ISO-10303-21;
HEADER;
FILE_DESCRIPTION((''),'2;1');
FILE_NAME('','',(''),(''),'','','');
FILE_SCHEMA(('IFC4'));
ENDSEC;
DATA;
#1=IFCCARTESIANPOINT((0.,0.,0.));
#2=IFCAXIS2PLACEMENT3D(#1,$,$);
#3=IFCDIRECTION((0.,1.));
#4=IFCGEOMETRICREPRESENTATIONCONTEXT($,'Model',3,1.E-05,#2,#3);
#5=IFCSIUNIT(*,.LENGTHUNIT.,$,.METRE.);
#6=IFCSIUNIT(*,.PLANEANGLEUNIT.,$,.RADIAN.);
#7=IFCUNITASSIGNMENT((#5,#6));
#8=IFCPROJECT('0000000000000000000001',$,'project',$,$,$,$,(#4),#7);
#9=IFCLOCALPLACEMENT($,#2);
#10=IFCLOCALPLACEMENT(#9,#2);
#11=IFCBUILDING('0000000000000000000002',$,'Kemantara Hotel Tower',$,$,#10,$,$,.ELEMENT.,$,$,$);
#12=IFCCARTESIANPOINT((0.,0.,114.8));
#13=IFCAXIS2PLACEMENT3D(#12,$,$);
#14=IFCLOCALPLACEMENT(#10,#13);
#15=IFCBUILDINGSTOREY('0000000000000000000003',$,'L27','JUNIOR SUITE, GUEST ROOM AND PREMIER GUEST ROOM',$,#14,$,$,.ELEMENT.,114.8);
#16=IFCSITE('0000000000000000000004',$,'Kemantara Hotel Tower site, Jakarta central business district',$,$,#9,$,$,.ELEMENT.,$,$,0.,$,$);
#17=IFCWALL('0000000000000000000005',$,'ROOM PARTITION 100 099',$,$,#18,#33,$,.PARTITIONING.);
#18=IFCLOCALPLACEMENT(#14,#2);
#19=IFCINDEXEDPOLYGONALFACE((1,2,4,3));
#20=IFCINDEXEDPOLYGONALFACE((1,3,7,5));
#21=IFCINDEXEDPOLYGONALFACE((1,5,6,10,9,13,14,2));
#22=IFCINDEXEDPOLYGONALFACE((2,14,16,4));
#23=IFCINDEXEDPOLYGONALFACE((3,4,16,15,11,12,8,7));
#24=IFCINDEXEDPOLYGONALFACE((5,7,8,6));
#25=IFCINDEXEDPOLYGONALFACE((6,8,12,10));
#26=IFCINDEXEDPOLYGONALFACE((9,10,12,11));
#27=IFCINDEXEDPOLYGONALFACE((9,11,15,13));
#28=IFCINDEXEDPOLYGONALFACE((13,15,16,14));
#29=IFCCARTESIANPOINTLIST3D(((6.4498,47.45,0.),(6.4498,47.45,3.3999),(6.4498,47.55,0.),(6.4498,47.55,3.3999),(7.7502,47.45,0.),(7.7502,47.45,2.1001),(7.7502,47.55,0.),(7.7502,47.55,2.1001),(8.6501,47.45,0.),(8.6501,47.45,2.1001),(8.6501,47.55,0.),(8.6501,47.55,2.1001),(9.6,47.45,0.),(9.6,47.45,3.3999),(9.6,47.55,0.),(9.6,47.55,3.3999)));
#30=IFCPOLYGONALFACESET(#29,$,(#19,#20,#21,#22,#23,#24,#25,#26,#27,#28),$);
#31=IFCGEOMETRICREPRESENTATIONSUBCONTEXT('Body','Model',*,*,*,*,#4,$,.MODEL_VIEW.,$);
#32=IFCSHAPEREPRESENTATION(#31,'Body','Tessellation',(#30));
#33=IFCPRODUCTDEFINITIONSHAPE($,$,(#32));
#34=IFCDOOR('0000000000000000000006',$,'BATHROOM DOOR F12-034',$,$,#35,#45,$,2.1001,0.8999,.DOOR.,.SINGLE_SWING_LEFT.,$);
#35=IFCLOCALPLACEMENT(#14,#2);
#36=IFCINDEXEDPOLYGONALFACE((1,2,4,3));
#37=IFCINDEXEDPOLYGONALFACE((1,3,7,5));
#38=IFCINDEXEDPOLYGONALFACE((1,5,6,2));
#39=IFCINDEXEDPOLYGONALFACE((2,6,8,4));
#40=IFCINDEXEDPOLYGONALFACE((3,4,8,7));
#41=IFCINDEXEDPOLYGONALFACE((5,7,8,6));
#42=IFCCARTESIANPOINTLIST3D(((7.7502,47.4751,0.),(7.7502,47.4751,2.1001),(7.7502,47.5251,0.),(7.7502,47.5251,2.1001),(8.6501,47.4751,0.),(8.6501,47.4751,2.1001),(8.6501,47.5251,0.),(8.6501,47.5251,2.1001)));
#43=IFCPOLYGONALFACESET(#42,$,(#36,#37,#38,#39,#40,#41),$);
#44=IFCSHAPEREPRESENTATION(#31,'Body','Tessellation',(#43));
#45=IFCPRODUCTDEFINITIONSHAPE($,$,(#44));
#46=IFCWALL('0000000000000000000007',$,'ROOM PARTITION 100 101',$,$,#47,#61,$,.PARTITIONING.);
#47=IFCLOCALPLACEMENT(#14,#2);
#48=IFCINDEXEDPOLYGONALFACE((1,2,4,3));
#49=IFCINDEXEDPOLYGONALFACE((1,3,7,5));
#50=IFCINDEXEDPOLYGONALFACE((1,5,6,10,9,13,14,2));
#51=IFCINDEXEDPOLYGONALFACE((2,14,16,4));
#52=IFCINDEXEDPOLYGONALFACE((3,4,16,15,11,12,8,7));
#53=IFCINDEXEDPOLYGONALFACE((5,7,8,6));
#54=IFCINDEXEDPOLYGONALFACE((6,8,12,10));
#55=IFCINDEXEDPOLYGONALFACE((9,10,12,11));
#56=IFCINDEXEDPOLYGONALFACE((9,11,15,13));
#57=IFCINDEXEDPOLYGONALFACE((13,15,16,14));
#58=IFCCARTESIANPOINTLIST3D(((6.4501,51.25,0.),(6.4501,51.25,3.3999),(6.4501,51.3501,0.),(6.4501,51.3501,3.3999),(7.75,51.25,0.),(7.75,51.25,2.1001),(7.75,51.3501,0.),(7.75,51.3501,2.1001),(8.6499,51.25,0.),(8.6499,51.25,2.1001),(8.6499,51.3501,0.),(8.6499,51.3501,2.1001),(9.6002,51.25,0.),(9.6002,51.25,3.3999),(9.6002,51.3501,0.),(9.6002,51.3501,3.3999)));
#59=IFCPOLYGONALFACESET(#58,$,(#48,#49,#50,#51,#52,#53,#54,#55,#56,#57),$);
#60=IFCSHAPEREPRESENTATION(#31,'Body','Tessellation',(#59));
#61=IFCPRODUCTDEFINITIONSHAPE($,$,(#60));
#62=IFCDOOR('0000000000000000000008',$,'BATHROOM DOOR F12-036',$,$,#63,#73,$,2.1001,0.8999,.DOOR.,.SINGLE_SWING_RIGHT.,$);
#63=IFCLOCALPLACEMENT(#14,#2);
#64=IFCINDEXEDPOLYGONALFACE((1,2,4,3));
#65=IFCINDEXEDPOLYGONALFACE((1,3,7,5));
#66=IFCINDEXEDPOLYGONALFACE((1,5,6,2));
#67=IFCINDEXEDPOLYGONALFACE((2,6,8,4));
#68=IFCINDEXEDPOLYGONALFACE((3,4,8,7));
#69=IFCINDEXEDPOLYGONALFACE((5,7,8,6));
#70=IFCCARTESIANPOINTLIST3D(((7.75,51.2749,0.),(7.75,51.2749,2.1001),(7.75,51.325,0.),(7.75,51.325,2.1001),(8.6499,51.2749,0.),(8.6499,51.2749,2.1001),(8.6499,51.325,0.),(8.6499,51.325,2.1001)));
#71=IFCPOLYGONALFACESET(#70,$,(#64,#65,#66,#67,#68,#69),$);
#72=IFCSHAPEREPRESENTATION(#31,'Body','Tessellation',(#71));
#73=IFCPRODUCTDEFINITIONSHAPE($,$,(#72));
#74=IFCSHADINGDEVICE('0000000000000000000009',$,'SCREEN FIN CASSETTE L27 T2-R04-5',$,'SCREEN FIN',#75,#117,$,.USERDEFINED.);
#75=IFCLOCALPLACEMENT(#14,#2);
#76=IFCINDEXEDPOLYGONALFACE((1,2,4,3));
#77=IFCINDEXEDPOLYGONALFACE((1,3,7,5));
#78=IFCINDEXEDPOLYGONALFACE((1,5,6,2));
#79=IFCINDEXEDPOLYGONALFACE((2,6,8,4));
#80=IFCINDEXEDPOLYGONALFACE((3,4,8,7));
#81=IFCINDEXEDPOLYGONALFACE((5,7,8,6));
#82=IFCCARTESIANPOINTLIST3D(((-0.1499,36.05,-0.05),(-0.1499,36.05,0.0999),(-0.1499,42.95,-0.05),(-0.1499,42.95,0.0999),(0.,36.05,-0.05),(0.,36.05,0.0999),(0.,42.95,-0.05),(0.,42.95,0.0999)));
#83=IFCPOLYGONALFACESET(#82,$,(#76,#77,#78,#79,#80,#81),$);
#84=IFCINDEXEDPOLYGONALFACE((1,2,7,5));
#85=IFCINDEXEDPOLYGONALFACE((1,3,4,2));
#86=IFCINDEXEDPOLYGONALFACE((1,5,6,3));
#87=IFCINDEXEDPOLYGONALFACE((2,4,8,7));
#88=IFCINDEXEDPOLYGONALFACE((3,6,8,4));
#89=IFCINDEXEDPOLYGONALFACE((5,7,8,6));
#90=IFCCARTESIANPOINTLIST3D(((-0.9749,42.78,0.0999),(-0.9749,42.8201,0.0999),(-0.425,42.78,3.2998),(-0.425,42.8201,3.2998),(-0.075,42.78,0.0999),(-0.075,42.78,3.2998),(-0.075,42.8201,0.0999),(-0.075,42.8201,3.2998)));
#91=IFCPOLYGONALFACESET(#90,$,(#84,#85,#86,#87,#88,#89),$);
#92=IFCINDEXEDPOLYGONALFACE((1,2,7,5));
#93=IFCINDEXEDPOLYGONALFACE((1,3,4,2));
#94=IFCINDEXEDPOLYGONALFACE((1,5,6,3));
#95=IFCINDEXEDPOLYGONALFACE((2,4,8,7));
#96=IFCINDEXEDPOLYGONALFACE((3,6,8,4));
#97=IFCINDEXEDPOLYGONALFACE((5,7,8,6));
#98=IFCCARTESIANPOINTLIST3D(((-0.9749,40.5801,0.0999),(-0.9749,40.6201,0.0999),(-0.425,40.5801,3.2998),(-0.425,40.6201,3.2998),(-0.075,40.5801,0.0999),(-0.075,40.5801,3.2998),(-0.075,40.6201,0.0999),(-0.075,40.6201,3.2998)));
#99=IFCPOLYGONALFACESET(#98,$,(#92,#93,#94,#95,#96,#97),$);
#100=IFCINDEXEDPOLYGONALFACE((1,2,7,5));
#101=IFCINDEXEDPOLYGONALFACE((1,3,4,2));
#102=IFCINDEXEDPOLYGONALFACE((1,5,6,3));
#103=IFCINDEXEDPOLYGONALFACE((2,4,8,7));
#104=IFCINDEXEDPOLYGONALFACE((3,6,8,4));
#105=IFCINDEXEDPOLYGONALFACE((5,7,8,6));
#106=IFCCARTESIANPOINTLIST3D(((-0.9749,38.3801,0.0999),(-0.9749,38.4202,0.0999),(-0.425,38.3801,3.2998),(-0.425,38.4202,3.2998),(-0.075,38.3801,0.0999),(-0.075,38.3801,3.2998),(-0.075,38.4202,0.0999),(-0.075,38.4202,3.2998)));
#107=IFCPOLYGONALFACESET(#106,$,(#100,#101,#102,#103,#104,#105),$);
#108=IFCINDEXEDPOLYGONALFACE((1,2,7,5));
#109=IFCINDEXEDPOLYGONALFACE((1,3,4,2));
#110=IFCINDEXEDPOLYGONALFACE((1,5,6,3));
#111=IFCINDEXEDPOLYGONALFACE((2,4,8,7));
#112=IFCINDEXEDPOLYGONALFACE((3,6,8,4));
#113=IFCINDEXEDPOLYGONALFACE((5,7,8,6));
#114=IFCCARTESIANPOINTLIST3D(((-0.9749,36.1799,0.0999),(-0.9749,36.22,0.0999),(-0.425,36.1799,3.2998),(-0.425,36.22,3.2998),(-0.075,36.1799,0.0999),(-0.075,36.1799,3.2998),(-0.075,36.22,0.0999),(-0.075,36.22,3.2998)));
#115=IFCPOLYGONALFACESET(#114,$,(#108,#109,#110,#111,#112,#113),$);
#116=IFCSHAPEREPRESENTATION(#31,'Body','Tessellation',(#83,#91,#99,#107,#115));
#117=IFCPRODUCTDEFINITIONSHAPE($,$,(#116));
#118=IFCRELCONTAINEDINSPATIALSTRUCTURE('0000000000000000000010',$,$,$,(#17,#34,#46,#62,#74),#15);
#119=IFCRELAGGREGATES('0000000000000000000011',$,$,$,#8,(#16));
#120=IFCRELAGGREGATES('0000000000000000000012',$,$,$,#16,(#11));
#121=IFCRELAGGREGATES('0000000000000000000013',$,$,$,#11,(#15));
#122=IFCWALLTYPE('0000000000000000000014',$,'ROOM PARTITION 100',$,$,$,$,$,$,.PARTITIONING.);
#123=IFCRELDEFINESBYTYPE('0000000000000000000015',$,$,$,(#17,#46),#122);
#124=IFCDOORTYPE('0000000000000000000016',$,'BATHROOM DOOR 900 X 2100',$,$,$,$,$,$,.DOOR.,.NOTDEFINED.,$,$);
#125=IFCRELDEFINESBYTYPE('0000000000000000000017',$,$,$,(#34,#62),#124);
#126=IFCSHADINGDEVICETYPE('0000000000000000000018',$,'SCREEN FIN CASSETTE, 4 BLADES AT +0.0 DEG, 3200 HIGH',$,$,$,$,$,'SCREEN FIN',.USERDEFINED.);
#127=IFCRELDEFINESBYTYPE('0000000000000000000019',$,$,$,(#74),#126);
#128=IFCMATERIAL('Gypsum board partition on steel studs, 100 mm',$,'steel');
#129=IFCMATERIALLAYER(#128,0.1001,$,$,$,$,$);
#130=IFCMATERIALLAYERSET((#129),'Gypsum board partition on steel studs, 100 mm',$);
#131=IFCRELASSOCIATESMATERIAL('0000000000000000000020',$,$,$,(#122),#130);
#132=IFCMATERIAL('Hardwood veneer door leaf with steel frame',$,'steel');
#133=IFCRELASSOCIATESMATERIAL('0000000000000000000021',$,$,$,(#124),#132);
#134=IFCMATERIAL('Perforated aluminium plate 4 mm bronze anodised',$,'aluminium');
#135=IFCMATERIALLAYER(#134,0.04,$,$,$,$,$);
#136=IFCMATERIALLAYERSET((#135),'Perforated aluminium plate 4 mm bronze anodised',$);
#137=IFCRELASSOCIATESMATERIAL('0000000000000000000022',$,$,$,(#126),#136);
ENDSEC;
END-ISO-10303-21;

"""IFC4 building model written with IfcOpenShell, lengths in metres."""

from ifc_helpers import new_model, si_unit, direction, frame, frame_2d, origin, origin_2d, place, context, subcontext, project, spatial, polyline, rectangle, outline, extrude, source, transform, mapped, material, layer, layer_set, type_object, element, fill, save


model = new_model("IFC4")

# Units and contexts
model_context = context("Model", 3, precision=1e-05, world=origin(), true_north=direction((0.0, 1.0)))
body_context = subcontext(model_context, "Body", "Model", "MODEL_VIEW")
ifc_project = project(units=[si_unit("LENGTHUNIT", "METRE"), si_unit("PLANEANGLEUNIT", "RADIAN")], contexts=[model_context])

# Site, building, storey
site_placement = place(None, origin())
site = spatial("IfcSite", under=ifc_project, at=site_placement, Name="Kemantara Hotel Tower site, Jakarta central business district", CompositionType="ELEMENT", RefElevation=0.0)
building_placement = place(site_placement, origin())
building = spatial("IfcBuilding", under=site, at=building_placement, Name="Kemantara Hotel Tower", CompositionType="ELEMENT")
storey_placement = place(building_placement, frame((0.0, 0.0, 114.8)))
storey = spatial("IfcBuildingStorey", under=building, at=storey_placement, Name="L27", Description="JUNIOR SUITE, GUEST ROOM AND PREMIER GUEST ROOM", CompositionType="ELEMENT", Elevation=114.8)

# Shared definitions
ifc_material_1 = material(Name="Hardwood veneer door leaf with steel frame", Category="steel")

# Shared definitions
ifc_material_2 = material(Name="Gypsum board partition on steel studs, 100 mm", Category="steel")
ifc_layer_1 = layer(ifc_material_2, 0.1001)
ifc_layer_set_1 = layer_set([ifc_layer_1], Name="Gypsum board partition on steel studs, 100 mm")
wall_type_1 = type_object("IfcWallType", Name="ROOM PARTITION 100", PredefinedType="PARTITIONING", material=ifc_layer_set_1)

# Walls, openings, doors
wall_1_placement = place(storey_placement, frame((9.6001, 47.5, 0.0), z_axis=(0.0, 0.0, 1.0), x_axis=(-1.0, 0.0, 0.0)))
wall_1 = element("IfcWall", 1, at=wall_1_placement, inside=storey, type_object=wall_type_1, Name="ROOM PARTITION 100 099", PredefinedType="PARTITIONING", context=body_context, shape_type="SweptSolid", body=[
    extrude(rectangle(XDim=3.1501, YDim=0.1001, at=frame_2d((1.5752, 0.0))), origin(), (0.0, 0.0, 1.0), 3.3999),
])
opening_1_placement = place(wall_1_placement, frame((0.95, 0.0, 0.0)))
opening_1 = element("IfcOpeningElement", 2, at=opening_1_placement, cuts=wall_1, PredefinedType="OPENING", context=body_context, shape_type="SweptSolid", body=[
    extrude(rectangle(XDim=0.8999, YDim=2.1001, at=frame_2d((0.45, 1.05))), frame((0.0, 0.0601, 0.0), z_axis=(0.0, -1.0, 0.0), x_axis=(1.0, 0.0, 0.0)), (0.0, 0.0, 1.0), 0.1201),
])
door_type_1 = type_object("IfcDoorType", Name="BATHROOM DOOR 900 X 2100", OperationType="NOTDEFINED", PredefinedType="DOOR", material=ifc_material_1)
door_1_placement = place(opening_1_placement, origin())
door_1 = element("IfcDoor", 3, at=door_1_placement, inside=storey, type_object=door_type_1, Name="BATHROOM DOOR F12-034", OperationType="SINGLE_SWING_LEFT", OverallHeight=2.1001, OverallWidth=0.8999, PredefinedType="DOOR", context=body_context, shape_type="SweptSolid", body=[
    extrude(rectangle(XDim=0.8999, YDim=2.1001, at=frame_2d((0.45, 1.05))), frame((0.0, 0.0249, 0.0), z_axis=(0.0, -1.0, 0.0), x_axis=(1.0, 0.0, 0.0)), (0.0, 0.0, 1.0), 0.05),
])
fill(opening_1, door_1)
wall_2_placement = place(storey_placement, frame((6.45, 51.3, 0.0), z_axis=(0.0, 0.0, 1.0), x_axis=(1.0, 0.0, 0.0)))
wall_2 = element("IfcWall", 4, at=wall_2_placement, inside=storey, type_object=wall_type_1, Name="ROOM PARTITION 100 101", PredefinedType="PARTITIONING", context=body_context, shape_type="SweptSolid", body=[
    extrude(rectangle(XDim=3.1501, YDim=0.1001, at=frame_2d((1.5752, 0.0))), origin(), (0.0, 0.0, 1.0), 3.3999),
])
opening_2_placement = place(wall_2_placement, frame((1.3, 0.0, 0.0)))
opening_2 = element("IfcOpeningElement", 5, at=opening_2_placement, cuts=wall_2, PredefinedType="OPENING", context=body_context, shape_type="SweptSolid", body=[
    extrude(rectangle(XDim=0.8999, YDim=2.1001, at=frame_2d((0.45, 1.05))), frame((0.0, 0.0601, 0.0), z_axis=(0.0, -1.0, 0.0), x_axis=(1.0, 0.0, 0.0)), (0.0, 0.0, 1.0), 0.1201),
])
door_2_placement = place(opening_2_placement, origin())
door_2 = element("IfcDoor", 6, at=door_2_placement, inside=storey, type_object=door_type_1, Name="BATHROOM DOOR F12-036", OperationType="SINGLE_SWING_RIGHT", OverallHeight=2.1001, OverallWidth=0.8999, PredefinedType="DOOR", context=body_context, shape_type="SweptSolid", body=[
    extrude(rectangle(XDim=0.8999, YDim=2.1001, at=frame_2d((0.45, 1.05))), frame((0.0, 0.0249, 0.0), z_axis=(0.0, -1.0, 0.0), x_axis=(1.0, 0.0, 0.0)), (0.0, 0.0, 1.0), 0.05),
])
fill(opening_2, door_2)

# Shading device
ifc_material_3 = material(Name="Perforated aluminium plate 4 mm bronze anodised", Category="aluminium")
ifc_layer_2 = layer(ifc_material_3, 0.04)
ifc_layer_set_2 = layer_set([ifc_layer_2], Name="Perforated aluminium plate 4 mm bronze anodised")
shading_device_type = type_object("IfcShadingDeviceType", Name="SCREEN FIN CASSETTE, 4 BLADES AT +0.0 DEG, 3200 HIGH", ElementType="SCREEN FIN", PredefinedType="USERDEFINED", material=ifc_layer_set_2)
shared_shape = source(origin(), body_context, "Body", "SweptSolid", [
    extrude(rectangle(XDim=6.8999, YDim=0.1499, at=origin_2d()), frame((3.3, -0.075, -0.1499), z_axis=(0.0, 0.0, 1.0), x_axis=(1.0, 0.0, 0.0)), (0.0, 0.0, 1.0), 0.1499),
    extrude(outline(polyline([(0.0, 0.0), (0.8999, 0.0), (0.3501, 3.2), (0.0, 3.2), (0.0, 0.0)])), frame((0.02, -0.075, 0.0), z_axis=(-1.0, 0.0, 0.0), x_axis=(0.0, -1.0, 0.0)), (0.0, 0.0, 1.0), 0.04),
    extrude(outline(polyline([(0.0, 0.0), (0.8999, 0.0), (0.3501, 3.2), (0.0, 3.2), (0.0, 0.0)])), frame((2.22, -0.075, 0.0), z_axis=(-1.0, 0.0, 0.0), x_axis=(0.0, -1.0, 0.0)), (0.0, 0.0, 1.0), 0.04),
    extrude(outline(polyline([(0.0, 0.0), (0.8999, 0.0), (0.3501, 3.2), (0.0, 3.2), (0.0, 0.0)])), frame((4.4199, -0.075, 0.0), z_axis=(-1.0, 0.0, 0.0), x_axis=(0.0, -1.0, 0.0)), (0.0, 0.0, 1.0), 0.04),
    extrude(outline(polyline([(0.0, 0.0), (0.8999, 0.0), (0.3501, 3.2), (0.0, 3.2), (0.0, 0.0)])), frame((6.6201, -0.075, 0.0), z_axis=(-1.0, 0.0, 0.0), x_axis=(0.0, -1.0, 0.0)), (0.0, 0.0, 1.0), 0.04),
])
shading_device_placement = place(storey_placement, frame((0.0, 42.8, 0.0999), z_axis=(0.0, 0.0, 1.0), x_axis=(0.0, -1.0, 0.0)))
element("IfcShadingDevice", 7, at=shading_device_placement, inside=storey, type_object=shading_device_type, Name="SCREEN FIN CASSETTE L27 T2-R04-5", ObjectType="SCREEN FIN", PredefinedType="USERDEFINED", context=body_context, shape_type="MappedRepresentation", body=[
    mapped(shared_shape, transform((0.0, 0.0, 0.0))),
])

save(model, "model.ifc")
